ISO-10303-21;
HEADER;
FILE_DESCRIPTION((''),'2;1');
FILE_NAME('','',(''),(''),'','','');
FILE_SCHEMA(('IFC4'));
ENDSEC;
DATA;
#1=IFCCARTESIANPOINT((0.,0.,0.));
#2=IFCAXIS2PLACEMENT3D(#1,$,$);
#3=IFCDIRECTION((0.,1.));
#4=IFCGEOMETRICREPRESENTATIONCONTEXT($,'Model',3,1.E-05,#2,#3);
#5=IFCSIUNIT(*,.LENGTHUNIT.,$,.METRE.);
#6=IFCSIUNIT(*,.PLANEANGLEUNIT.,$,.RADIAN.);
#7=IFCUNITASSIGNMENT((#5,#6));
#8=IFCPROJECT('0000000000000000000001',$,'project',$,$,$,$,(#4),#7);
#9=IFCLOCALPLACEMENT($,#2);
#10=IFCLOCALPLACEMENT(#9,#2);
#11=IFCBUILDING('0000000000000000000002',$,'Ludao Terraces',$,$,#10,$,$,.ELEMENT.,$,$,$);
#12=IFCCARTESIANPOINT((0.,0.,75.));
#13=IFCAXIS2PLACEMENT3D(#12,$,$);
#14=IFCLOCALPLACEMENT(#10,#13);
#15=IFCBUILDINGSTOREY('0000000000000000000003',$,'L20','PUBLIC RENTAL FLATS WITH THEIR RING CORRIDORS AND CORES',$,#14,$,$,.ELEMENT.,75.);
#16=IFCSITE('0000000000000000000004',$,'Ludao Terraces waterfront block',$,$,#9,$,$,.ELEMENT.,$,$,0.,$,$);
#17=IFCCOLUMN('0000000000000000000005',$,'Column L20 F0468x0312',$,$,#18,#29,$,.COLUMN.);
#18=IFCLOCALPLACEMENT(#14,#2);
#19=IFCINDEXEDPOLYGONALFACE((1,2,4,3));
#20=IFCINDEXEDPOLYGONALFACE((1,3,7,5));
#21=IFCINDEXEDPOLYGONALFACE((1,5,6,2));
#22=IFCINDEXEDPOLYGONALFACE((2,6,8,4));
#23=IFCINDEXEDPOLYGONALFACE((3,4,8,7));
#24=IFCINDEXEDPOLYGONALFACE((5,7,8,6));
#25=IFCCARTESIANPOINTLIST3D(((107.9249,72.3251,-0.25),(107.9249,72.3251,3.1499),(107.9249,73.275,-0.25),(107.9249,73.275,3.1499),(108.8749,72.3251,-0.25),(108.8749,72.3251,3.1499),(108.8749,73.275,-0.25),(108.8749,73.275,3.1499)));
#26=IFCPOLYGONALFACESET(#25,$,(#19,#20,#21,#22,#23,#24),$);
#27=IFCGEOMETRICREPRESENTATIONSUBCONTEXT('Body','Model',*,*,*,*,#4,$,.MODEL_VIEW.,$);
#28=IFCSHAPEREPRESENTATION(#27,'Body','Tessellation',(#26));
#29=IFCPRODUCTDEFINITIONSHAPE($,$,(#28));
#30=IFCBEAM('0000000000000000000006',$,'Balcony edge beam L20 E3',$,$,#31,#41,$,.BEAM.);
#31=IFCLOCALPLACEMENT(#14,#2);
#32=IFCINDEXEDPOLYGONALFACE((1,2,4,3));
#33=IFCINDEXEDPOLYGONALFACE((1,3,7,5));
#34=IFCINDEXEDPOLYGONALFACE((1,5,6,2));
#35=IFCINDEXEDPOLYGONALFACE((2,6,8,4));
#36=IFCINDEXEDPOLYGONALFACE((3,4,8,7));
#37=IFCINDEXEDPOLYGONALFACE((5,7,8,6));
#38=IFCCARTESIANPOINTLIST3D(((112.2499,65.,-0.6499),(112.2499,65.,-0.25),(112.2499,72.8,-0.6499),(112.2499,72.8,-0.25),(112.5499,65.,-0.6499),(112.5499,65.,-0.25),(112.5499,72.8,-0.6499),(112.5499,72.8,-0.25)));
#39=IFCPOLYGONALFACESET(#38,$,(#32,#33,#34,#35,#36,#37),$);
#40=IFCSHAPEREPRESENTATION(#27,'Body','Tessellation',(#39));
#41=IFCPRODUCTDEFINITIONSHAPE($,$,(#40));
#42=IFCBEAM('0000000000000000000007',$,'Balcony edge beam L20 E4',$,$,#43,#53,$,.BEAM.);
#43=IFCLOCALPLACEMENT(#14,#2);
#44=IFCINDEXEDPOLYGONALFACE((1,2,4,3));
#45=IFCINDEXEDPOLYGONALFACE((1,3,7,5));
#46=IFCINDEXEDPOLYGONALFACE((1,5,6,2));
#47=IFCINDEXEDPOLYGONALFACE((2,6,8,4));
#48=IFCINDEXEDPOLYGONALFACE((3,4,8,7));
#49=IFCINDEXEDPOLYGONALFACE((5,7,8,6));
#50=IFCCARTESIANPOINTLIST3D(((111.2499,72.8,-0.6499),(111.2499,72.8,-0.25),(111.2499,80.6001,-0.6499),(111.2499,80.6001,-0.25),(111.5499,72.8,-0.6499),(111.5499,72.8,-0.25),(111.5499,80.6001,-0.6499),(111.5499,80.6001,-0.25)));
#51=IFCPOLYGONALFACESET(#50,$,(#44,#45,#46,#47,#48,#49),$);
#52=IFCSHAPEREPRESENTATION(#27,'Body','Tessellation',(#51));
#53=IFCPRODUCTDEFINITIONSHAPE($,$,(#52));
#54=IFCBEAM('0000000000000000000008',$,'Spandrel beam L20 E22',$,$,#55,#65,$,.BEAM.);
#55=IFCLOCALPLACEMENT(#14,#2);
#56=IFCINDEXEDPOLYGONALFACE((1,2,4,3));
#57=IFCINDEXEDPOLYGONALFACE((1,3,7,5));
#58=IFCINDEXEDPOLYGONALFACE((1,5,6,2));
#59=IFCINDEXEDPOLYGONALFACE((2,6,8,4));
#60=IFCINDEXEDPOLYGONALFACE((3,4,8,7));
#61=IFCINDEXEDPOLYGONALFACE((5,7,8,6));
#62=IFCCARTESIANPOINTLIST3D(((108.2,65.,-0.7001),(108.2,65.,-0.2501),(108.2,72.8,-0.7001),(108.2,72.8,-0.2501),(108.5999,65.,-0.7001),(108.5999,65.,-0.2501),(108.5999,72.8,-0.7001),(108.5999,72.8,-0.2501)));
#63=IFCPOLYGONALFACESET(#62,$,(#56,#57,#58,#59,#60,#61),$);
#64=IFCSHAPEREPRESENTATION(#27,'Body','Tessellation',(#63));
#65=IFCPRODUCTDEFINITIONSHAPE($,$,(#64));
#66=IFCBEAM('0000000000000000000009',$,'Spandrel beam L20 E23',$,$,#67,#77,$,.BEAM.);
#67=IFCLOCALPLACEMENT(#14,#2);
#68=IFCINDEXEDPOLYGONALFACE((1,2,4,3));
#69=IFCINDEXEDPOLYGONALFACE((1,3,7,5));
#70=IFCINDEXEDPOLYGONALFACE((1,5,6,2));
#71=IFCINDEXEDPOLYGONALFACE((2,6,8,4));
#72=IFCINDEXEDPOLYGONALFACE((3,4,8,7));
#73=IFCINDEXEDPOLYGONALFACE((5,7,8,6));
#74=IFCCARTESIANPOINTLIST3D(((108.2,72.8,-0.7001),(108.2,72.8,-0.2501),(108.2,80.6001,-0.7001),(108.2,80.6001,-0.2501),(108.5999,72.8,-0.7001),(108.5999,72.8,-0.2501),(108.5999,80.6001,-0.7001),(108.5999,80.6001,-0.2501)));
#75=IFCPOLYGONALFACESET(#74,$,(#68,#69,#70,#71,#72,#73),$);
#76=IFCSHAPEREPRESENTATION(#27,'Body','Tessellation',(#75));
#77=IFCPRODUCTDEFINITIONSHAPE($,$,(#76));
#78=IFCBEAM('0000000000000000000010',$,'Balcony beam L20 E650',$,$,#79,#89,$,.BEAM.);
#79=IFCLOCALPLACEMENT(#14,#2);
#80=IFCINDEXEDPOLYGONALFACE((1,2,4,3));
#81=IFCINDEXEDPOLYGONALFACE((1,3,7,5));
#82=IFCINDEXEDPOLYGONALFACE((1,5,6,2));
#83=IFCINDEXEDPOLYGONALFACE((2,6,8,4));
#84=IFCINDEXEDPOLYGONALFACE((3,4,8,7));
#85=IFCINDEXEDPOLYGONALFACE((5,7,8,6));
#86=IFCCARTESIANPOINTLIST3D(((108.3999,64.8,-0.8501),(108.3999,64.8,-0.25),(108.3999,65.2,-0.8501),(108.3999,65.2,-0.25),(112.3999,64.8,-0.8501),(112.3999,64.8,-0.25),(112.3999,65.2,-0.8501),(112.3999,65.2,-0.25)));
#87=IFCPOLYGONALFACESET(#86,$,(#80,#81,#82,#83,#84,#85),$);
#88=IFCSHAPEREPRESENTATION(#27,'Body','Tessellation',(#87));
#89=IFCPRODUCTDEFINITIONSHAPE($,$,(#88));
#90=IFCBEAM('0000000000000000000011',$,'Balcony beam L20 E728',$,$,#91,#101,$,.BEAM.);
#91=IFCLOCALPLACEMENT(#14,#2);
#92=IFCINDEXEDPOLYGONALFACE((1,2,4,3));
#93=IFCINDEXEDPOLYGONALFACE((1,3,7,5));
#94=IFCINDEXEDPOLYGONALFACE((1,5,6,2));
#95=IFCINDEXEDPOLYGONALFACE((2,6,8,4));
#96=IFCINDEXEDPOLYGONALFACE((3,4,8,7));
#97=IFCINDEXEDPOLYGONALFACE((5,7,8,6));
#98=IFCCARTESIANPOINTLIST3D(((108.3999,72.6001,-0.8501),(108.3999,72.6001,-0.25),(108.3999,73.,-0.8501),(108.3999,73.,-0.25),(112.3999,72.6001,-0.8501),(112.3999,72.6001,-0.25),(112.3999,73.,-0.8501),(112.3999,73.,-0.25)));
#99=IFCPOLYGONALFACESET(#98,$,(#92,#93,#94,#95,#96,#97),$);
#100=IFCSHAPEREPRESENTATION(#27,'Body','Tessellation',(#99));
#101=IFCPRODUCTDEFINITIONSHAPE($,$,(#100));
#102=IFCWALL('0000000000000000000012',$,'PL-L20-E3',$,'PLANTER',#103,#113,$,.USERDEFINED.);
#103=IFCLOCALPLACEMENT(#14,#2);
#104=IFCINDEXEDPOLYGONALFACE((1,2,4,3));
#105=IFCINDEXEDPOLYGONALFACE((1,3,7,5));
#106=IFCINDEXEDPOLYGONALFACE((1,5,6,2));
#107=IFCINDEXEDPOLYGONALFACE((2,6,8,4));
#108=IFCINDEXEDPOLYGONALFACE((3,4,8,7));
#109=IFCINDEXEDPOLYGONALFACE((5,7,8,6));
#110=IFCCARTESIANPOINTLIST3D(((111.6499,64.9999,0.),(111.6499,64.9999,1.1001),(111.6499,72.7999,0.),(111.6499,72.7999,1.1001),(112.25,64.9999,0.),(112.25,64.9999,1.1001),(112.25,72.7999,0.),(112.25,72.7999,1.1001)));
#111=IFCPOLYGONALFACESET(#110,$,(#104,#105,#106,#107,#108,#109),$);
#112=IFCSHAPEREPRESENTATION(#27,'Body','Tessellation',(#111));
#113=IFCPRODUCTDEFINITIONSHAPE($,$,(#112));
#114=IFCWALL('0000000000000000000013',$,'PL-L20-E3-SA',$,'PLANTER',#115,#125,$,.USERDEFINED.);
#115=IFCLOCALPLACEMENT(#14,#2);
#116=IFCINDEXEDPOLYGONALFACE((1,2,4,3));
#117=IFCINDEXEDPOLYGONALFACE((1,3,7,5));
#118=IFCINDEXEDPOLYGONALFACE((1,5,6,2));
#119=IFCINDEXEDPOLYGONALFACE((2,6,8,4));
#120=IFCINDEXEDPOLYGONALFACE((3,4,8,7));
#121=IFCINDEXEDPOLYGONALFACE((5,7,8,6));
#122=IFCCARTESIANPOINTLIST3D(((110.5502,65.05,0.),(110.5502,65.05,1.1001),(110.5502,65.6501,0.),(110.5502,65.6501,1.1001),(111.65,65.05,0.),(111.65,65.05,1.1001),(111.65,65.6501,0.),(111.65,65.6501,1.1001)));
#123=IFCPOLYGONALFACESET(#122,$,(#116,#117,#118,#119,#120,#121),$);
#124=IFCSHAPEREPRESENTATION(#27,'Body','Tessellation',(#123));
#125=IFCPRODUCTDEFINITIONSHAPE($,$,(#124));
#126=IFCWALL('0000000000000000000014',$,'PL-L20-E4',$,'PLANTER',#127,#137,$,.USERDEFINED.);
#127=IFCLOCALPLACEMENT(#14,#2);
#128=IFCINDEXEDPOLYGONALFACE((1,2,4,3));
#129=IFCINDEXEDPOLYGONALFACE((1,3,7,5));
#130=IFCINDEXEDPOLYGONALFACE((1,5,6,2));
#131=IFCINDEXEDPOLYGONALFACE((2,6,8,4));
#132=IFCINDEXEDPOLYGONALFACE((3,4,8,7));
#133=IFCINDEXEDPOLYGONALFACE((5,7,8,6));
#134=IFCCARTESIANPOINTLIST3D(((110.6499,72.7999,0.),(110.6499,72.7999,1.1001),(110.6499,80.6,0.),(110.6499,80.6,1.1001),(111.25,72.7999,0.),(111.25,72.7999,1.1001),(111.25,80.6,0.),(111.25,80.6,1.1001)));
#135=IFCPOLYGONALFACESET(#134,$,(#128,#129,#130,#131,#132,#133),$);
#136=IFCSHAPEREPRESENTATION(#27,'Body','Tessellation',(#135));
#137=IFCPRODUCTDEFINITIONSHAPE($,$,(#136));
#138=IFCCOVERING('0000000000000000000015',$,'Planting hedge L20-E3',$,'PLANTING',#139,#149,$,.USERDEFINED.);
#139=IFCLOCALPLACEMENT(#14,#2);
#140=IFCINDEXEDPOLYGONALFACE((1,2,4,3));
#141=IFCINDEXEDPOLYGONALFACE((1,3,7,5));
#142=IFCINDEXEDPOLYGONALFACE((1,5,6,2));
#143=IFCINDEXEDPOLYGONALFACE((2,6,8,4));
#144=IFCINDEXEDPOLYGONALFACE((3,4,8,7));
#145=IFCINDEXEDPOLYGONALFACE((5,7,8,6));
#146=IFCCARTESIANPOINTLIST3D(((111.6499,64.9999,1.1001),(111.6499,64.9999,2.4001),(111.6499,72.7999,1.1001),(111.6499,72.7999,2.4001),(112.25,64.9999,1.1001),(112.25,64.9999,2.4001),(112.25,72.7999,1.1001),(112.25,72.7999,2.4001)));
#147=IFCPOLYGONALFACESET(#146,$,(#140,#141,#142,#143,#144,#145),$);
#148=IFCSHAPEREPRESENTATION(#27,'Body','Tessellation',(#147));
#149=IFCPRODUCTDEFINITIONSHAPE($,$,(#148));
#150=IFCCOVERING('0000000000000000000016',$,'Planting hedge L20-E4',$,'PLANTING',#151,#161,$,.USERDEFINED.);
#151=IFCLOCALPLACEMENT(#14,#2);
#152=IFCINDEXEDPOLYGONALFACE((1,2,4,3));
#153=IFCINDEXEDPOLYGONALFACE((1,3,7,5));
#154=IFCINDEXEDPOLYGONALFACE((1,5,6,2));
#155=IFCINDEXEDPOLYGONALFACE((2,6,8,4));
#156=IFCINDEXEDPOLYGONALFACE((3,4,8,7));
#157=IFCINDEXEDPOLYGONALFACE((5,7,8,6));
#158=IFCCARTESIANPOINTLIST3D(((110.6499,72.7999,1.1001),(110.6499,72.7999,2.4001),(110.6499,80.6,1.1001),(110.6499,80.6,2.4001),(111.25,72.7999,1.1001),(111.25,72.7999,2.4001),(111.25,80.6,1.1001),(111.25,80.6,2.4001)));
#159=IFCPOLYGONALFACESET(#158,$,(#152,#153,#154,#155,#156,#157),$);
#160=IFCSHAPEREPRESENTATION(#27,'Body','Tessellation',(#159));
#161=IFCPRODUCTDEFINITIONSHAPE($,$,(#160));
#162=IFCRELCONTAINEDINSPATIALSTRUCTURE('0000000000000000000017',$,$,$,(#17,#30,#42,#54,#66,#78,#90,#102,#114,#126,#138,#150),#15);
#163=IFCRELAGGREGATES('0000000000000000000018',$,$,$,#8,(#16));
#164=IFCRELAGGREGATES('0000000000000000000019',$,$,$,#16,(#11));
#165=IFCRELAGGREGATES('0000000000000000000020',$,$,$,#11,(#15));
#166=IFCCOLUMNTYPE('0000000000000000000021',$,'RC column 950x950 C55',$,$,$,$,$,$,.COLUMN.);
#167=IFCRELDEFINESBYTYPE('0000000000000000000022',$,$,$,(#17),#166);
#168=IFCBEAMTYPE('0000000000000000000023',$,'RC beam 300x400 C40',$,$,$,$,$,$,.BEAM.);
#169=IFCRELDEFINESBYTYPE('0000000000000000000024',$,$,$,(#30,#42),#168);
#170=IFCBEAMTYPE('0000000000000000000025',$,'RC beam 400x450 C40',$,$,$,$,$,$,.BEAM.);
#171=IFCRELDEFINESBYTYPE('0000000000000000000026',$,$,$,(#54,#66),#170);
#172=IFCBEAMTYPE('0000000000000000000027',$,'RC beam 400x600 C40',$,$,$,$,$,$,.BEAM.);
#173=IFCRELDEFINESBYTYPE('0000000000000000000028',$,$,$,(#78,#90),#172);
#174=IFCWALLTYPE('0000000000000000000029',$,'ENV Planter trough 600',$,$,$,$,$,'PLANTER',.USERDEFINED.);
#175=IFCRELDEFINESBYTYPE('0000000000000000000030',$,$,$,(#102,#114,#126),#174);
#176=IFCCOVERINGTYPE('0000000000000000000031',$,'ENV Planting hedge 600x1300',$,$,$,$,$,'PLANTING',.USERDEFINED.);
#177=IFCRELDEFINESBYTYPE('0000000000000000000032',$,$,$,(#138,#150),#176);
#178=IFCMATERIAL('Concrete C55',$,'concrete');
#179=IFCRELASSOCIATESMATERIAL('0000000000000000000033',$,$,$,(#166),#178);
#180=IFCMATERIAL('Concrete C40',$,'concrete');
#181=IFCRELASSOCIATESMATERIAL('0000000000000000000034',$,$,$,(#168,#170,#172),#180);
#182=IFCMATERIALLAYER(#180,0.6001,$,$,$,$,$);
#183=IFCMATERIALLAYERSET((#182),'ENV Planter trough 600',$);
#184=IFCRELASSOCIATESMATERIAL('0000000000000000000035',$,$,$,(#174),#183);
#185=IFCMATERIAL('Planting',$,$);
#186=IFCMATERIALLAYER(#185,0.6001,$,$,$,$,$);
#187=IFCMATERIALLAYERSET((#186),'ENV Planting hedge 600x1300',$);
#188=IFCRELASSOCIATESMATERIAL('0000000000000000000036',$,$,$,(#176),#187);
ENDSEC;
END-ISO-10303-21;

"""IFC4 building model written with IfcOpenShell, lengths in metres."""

from ifc_helpers import new_model, si_unit, direction, frame, frame_2d, origin, origin_2d, place, context, subcontext, project, spatial, rectangle, extrude, material, layer, layer_set, material_profile, profile_set, type_object, element, save


model = new_model("IFC4")

# Units and contexts
model_context = context("Model", 3, precision=1e-05, world=origin(), true_north=direction((0.0, 1.0)))
body_context = subcontext(model_context, "Body", "Model", "MODEL_VIEW")
ifc_project = project(units=[si_unit("LENGTHUNIT", "METRE"), si_unit("PLANEANGLEUNIT", "RADIAN")], contexts=[model_context])

# Site, building, storey
site_placement = place(None, origin())
site = spatial("IfcSite", under=ifc_project, at=site_placement, Name="Ludao Terraces waterfront block", CompositionType="ELEMENT", RefElevation=0.0)
building_placement = place(site_placement, origin())
building = spatial("IfcBuilding", under=site, at=building_placement, Name="Ludao Terraces", CompositionType="ELEMENT")
storey_placement = place(building_placement, frame((0.0, 0.0, 75.0)))
storey = spatial("IfcBuildingStorey", under=building, at=storey_placement, Name="L20", Description="PUBLIC RENTAL FLATS WITH THEIR RING CORRIDORS AND CORES", CompositionType="ELEMENT", Elevation=75.0)

# Column
ifc_material_1 = material(Name="Concrete C55", Category="concrete")
ifc_material_profile_1 = material_profile(ifc_material_1, rectangle(XDim=0.95, YDim=0.95, at=origin_2d()), Name="950 X 950")
ifc_profile_set_1 = profile_set([ifc_material_profile_1], Name="Concrete C55")
column_type = type_object("IfcColumnType", Name="RC column 950x950 C55", PredefinedType="COLUMN", material=ifc_profile_set_1)
column_placement = place(storey_placement, frame((108.3999, 72.8, -0.25), z_axis=(0.0, 0.0, 1.0), x_axis=(1.0, 0.0, 0.0)))
element("IfcColumn", 1, at=column_placement, inside=storey, type_object=column_type, Name="Column L20 F0468x0312", PredefinedType="COLUMN", context=body_context, shape_type="SweptSolid", body=[
    extrude(rectangle(XDim=0.95, YDim=0.95, at=origin_2d()), origin(), (0.0, 0.0, 1.0), 3.3999),
])

# Beams
ifc_material_2 = material(Name="Concrete C40", Category="concrete")
ifc_material_profile_2 = material_profile(ifc_material_2, rectangle(XDim=0.3, YDim=0.3999, at=origin_2d()), Name="300 X 400")
ifc_profile_set_2 = profile_set([ifc_material_profile_2], Name="Concrete C40")
beam_type_1 = type_object("IfcBeamType", Name="RC beam 300x400 C40", PredefinedType="BEAM", material=ifc_profile_set_2)
for number, where, z_axis, x_axis, name in (
    (2, (112.3999, 65.0, -0.45), (0.0, 1.0, 0.0), (-1.0, 0.0, 0.0), "Balcony edge beam L20 E3"),
    (3, (111.3999, 72.8, -0.45), (0.0, 1.0, 0.0), (-1.0, 0.0, 0.0), "Balcony edge beam L20 E4"),
):
    element("IfcBeam", number, at=place(storey_placement, frame(where, z_axis=z_axis, x_axis=x_axis)), inside=storey, type_object=beam_type_1, Name=name, PredefinedType="BEAM", context=body_context, shape_type="SweptSolid", body=[
        extrude(rectangle(XDim=0.3, YDim=0.3999, at=origin_2d()), origin(), (0.0, 0.0, 1.0), 7.8),
    ])
ifc_material_profile_3 = material_profile(ifc_material_2, rectangle(XDim=0.3999, YDim=0.45, at=origin_2d()), Name="400 X 450")
ifc_profile_set_3 = profile_set([ifc_material_profile_3], Name="Concrete C40")
beam_type_2 = type_object("IfcBeamType", Name="RC beam 400x450 C40", PredefinedType="BEAM", material=ifc_profile_set_3)
for number, where, z_axis, x_axis, name in (
    (4, (108.3999, 65.0, -0.4751), (0.0, 1.0, 0.0), (-1.0, 0.0, 0.0), "Spandrel beam L20 E22"),
    (5, (108.3999, 72.8, -0.4751), (0.0, 1.0, 0.0), (-1.0, 0.0, 0.0), "Spandrel beam L20 E23"),
):
    element("IfcBeam", number, at=place(storey_placement, frame(where, z_axis=z_axis, x_axis=x_axis)), inside=storey, type_object=beam_type_2, Name=name, PredefinedType="BEAM", context=body_context, shape_type="SweptSolid", body=[
        extrude(rectangle(XDim=0.3999, YDim=0.45, at=origin_2d()), origin(), (0.0, 0.0, 1.0), 7.8),
    ])
ifc_material_profile_4 = material_profile(ifc_material_2, rectangle(XDim=0.3999, YDim=0.6001, at=origin_2d()), Name="400 X 600")
ifc_profile_set_4 = profile_set([ifc_material_profile_4], Name="Concrete C40")
beam_type_3 = type_object("IfcBeamType", Name="RC beam 400x600 C40", PredefinedType="BEAM", material=ifc_profile_set_4)
for number, where, z_axis, x_axis, name in (
    (6, (108.3999, 65.0, -0.55), (1.0, 0.0, 0.0), (0.0, 1.0, 0.0), "Balcony beam L20 E650"),
    (7, (108.3999, 72.8, -0.55), (1.0, 0.0, 0.0), (0.0, 1.0, 0.0), "Balcony beam L20 E728"),
):
    element("IfcBeam", number, at=place(storey_placement, frame(where, z_axis=z_axis, x_axis=x_axis)), inside=storey, type_object=beam_type_3, Name=name, PredefinedType="BEAM", context=body_context, shape_type="SweptSolid", body=[
        extrude(rectangle(XDim=0.3999, YDim=0.6001, at=origin_2d()), origin(), (0.0, 0.0, 1.0), 4.0),
    ])

# Walls
ifc_layer_1 = layer(ifc_material_2, 0.6001)
ifc_layer_set_1 = layer_set([ifc_layer_1], Name="ENV Planter trough 600")
wall_type = type_object("IfcWallType", Name="ENV Planter trough 600", ElementType="PLANTER", PredefinedType="USERDEFINED", material=ifc_layer_set_1)
wall_1_placement = place(storey_placement, frame((111.95, 65.0, 0.0), z_axis=(0.0, 0.0, 1.0), x_axis=(0.0, 1.0, 0.0)))
element("IfcWall", 8, at=wall_1_placement, inside=storey, type_object=wall_type, Name="PL-L20-E3", ObjectType="PLANTER", PredefinedType="USERDEFINED", context=body_context, shape_type="SweptSolid", body=[
    extrude(rectangle(XDim=7.8, YDim=0.6001, at=frame_2d((3.8999, 0.0))), origin(), (0.0, 0.0, 1.0), 1.1001),
])
wall_2_placement = place(storey_placement, frame((111.6499, 65.3501, 0.0), z_axis=(0.0, 0.0, 1.0), x_axis=(-1.0, 0.0, 0.0)))
element("IfcWall", 9, at=wall_2_placement, inside=storey, type_object=wall_type, Name="PL-L20-E3-SA", ObjectType="PLANTER", PredefinedType="USERDEFINED", context=body_context, shape_type="SweptSolid", body=[
    extrude(rectangle(XDim=1.0999, YDim=0.6001, at=frame_2d((0.5498, 0.0))), origin(), (0.0, 0.0, 1.0), 1.1001),
])
wall_3_placement = place(storey_placement, frame((110.95, 72.8, 0.0), z_axis=(0.0, 0.0, 1.0), x_axis=(0.0, 1.0, 0.0)))
element("IfcWall", 10, at=wall_3_placement, inside=storey, type_object=wall_type, Name="PL-L20-E4", ObjectType="PLANTER", PredefinedType="USERDEFINED", context=body_context, shape_type="SweptSolid", body=[
    extrude(rectangle(XDim=7.8, YDim=0.6001, at=frame_2d((3.8999, 0.0))), origin(), (0.0, 0.0, 1.0), 1.1001),
])

# Coverings
ifc_material_3 = material(Name="Planting")
ifc_layer_2 = layer(ifc_material_3, 0.6001)
ifc_layer_set_2 = layer_set([ifc_layer_2], Name="ENV Planting hedge 600x1300")
covering_type = type_object("IfcCoveringType", Name="ENV Planting hedge 600x1300", ElementType="PLANTING", PredefinedType="USERDEFINED", material=ifc_layer_set_2)
for number, where, z_axis, x_axis, name in (
    (11, (111.95, 68.8999, 1.1001), (0.0, 0.0, 1.0), (1.0, 0.0, 0.0), "Planting hedge L20-E3"),
    (12, (110.95, 76.7, 1.1001), (0.0, 0.0, 1.0), (1.0, 0.0, 0.0), "Planting hedge L20-E4"),
):
    element("IfcCovering", number, at=place(storey_placement, frame(where, z_axis=z_axis, x_axis=x_axis)), inside=storey, type_object=covering_type, Name=name, ObjectType="PLANTING", PredefinedType="USERDEFINED", context=body_context, shape_type="SweptSolid", body=[
        extrude(rectangle(XDim=0.6001, YDim=7.8, at=origin_2d()), origin(), (0.0, 0.0, 1.0), 1.3),
    ])

save(model, "model.ifc")
